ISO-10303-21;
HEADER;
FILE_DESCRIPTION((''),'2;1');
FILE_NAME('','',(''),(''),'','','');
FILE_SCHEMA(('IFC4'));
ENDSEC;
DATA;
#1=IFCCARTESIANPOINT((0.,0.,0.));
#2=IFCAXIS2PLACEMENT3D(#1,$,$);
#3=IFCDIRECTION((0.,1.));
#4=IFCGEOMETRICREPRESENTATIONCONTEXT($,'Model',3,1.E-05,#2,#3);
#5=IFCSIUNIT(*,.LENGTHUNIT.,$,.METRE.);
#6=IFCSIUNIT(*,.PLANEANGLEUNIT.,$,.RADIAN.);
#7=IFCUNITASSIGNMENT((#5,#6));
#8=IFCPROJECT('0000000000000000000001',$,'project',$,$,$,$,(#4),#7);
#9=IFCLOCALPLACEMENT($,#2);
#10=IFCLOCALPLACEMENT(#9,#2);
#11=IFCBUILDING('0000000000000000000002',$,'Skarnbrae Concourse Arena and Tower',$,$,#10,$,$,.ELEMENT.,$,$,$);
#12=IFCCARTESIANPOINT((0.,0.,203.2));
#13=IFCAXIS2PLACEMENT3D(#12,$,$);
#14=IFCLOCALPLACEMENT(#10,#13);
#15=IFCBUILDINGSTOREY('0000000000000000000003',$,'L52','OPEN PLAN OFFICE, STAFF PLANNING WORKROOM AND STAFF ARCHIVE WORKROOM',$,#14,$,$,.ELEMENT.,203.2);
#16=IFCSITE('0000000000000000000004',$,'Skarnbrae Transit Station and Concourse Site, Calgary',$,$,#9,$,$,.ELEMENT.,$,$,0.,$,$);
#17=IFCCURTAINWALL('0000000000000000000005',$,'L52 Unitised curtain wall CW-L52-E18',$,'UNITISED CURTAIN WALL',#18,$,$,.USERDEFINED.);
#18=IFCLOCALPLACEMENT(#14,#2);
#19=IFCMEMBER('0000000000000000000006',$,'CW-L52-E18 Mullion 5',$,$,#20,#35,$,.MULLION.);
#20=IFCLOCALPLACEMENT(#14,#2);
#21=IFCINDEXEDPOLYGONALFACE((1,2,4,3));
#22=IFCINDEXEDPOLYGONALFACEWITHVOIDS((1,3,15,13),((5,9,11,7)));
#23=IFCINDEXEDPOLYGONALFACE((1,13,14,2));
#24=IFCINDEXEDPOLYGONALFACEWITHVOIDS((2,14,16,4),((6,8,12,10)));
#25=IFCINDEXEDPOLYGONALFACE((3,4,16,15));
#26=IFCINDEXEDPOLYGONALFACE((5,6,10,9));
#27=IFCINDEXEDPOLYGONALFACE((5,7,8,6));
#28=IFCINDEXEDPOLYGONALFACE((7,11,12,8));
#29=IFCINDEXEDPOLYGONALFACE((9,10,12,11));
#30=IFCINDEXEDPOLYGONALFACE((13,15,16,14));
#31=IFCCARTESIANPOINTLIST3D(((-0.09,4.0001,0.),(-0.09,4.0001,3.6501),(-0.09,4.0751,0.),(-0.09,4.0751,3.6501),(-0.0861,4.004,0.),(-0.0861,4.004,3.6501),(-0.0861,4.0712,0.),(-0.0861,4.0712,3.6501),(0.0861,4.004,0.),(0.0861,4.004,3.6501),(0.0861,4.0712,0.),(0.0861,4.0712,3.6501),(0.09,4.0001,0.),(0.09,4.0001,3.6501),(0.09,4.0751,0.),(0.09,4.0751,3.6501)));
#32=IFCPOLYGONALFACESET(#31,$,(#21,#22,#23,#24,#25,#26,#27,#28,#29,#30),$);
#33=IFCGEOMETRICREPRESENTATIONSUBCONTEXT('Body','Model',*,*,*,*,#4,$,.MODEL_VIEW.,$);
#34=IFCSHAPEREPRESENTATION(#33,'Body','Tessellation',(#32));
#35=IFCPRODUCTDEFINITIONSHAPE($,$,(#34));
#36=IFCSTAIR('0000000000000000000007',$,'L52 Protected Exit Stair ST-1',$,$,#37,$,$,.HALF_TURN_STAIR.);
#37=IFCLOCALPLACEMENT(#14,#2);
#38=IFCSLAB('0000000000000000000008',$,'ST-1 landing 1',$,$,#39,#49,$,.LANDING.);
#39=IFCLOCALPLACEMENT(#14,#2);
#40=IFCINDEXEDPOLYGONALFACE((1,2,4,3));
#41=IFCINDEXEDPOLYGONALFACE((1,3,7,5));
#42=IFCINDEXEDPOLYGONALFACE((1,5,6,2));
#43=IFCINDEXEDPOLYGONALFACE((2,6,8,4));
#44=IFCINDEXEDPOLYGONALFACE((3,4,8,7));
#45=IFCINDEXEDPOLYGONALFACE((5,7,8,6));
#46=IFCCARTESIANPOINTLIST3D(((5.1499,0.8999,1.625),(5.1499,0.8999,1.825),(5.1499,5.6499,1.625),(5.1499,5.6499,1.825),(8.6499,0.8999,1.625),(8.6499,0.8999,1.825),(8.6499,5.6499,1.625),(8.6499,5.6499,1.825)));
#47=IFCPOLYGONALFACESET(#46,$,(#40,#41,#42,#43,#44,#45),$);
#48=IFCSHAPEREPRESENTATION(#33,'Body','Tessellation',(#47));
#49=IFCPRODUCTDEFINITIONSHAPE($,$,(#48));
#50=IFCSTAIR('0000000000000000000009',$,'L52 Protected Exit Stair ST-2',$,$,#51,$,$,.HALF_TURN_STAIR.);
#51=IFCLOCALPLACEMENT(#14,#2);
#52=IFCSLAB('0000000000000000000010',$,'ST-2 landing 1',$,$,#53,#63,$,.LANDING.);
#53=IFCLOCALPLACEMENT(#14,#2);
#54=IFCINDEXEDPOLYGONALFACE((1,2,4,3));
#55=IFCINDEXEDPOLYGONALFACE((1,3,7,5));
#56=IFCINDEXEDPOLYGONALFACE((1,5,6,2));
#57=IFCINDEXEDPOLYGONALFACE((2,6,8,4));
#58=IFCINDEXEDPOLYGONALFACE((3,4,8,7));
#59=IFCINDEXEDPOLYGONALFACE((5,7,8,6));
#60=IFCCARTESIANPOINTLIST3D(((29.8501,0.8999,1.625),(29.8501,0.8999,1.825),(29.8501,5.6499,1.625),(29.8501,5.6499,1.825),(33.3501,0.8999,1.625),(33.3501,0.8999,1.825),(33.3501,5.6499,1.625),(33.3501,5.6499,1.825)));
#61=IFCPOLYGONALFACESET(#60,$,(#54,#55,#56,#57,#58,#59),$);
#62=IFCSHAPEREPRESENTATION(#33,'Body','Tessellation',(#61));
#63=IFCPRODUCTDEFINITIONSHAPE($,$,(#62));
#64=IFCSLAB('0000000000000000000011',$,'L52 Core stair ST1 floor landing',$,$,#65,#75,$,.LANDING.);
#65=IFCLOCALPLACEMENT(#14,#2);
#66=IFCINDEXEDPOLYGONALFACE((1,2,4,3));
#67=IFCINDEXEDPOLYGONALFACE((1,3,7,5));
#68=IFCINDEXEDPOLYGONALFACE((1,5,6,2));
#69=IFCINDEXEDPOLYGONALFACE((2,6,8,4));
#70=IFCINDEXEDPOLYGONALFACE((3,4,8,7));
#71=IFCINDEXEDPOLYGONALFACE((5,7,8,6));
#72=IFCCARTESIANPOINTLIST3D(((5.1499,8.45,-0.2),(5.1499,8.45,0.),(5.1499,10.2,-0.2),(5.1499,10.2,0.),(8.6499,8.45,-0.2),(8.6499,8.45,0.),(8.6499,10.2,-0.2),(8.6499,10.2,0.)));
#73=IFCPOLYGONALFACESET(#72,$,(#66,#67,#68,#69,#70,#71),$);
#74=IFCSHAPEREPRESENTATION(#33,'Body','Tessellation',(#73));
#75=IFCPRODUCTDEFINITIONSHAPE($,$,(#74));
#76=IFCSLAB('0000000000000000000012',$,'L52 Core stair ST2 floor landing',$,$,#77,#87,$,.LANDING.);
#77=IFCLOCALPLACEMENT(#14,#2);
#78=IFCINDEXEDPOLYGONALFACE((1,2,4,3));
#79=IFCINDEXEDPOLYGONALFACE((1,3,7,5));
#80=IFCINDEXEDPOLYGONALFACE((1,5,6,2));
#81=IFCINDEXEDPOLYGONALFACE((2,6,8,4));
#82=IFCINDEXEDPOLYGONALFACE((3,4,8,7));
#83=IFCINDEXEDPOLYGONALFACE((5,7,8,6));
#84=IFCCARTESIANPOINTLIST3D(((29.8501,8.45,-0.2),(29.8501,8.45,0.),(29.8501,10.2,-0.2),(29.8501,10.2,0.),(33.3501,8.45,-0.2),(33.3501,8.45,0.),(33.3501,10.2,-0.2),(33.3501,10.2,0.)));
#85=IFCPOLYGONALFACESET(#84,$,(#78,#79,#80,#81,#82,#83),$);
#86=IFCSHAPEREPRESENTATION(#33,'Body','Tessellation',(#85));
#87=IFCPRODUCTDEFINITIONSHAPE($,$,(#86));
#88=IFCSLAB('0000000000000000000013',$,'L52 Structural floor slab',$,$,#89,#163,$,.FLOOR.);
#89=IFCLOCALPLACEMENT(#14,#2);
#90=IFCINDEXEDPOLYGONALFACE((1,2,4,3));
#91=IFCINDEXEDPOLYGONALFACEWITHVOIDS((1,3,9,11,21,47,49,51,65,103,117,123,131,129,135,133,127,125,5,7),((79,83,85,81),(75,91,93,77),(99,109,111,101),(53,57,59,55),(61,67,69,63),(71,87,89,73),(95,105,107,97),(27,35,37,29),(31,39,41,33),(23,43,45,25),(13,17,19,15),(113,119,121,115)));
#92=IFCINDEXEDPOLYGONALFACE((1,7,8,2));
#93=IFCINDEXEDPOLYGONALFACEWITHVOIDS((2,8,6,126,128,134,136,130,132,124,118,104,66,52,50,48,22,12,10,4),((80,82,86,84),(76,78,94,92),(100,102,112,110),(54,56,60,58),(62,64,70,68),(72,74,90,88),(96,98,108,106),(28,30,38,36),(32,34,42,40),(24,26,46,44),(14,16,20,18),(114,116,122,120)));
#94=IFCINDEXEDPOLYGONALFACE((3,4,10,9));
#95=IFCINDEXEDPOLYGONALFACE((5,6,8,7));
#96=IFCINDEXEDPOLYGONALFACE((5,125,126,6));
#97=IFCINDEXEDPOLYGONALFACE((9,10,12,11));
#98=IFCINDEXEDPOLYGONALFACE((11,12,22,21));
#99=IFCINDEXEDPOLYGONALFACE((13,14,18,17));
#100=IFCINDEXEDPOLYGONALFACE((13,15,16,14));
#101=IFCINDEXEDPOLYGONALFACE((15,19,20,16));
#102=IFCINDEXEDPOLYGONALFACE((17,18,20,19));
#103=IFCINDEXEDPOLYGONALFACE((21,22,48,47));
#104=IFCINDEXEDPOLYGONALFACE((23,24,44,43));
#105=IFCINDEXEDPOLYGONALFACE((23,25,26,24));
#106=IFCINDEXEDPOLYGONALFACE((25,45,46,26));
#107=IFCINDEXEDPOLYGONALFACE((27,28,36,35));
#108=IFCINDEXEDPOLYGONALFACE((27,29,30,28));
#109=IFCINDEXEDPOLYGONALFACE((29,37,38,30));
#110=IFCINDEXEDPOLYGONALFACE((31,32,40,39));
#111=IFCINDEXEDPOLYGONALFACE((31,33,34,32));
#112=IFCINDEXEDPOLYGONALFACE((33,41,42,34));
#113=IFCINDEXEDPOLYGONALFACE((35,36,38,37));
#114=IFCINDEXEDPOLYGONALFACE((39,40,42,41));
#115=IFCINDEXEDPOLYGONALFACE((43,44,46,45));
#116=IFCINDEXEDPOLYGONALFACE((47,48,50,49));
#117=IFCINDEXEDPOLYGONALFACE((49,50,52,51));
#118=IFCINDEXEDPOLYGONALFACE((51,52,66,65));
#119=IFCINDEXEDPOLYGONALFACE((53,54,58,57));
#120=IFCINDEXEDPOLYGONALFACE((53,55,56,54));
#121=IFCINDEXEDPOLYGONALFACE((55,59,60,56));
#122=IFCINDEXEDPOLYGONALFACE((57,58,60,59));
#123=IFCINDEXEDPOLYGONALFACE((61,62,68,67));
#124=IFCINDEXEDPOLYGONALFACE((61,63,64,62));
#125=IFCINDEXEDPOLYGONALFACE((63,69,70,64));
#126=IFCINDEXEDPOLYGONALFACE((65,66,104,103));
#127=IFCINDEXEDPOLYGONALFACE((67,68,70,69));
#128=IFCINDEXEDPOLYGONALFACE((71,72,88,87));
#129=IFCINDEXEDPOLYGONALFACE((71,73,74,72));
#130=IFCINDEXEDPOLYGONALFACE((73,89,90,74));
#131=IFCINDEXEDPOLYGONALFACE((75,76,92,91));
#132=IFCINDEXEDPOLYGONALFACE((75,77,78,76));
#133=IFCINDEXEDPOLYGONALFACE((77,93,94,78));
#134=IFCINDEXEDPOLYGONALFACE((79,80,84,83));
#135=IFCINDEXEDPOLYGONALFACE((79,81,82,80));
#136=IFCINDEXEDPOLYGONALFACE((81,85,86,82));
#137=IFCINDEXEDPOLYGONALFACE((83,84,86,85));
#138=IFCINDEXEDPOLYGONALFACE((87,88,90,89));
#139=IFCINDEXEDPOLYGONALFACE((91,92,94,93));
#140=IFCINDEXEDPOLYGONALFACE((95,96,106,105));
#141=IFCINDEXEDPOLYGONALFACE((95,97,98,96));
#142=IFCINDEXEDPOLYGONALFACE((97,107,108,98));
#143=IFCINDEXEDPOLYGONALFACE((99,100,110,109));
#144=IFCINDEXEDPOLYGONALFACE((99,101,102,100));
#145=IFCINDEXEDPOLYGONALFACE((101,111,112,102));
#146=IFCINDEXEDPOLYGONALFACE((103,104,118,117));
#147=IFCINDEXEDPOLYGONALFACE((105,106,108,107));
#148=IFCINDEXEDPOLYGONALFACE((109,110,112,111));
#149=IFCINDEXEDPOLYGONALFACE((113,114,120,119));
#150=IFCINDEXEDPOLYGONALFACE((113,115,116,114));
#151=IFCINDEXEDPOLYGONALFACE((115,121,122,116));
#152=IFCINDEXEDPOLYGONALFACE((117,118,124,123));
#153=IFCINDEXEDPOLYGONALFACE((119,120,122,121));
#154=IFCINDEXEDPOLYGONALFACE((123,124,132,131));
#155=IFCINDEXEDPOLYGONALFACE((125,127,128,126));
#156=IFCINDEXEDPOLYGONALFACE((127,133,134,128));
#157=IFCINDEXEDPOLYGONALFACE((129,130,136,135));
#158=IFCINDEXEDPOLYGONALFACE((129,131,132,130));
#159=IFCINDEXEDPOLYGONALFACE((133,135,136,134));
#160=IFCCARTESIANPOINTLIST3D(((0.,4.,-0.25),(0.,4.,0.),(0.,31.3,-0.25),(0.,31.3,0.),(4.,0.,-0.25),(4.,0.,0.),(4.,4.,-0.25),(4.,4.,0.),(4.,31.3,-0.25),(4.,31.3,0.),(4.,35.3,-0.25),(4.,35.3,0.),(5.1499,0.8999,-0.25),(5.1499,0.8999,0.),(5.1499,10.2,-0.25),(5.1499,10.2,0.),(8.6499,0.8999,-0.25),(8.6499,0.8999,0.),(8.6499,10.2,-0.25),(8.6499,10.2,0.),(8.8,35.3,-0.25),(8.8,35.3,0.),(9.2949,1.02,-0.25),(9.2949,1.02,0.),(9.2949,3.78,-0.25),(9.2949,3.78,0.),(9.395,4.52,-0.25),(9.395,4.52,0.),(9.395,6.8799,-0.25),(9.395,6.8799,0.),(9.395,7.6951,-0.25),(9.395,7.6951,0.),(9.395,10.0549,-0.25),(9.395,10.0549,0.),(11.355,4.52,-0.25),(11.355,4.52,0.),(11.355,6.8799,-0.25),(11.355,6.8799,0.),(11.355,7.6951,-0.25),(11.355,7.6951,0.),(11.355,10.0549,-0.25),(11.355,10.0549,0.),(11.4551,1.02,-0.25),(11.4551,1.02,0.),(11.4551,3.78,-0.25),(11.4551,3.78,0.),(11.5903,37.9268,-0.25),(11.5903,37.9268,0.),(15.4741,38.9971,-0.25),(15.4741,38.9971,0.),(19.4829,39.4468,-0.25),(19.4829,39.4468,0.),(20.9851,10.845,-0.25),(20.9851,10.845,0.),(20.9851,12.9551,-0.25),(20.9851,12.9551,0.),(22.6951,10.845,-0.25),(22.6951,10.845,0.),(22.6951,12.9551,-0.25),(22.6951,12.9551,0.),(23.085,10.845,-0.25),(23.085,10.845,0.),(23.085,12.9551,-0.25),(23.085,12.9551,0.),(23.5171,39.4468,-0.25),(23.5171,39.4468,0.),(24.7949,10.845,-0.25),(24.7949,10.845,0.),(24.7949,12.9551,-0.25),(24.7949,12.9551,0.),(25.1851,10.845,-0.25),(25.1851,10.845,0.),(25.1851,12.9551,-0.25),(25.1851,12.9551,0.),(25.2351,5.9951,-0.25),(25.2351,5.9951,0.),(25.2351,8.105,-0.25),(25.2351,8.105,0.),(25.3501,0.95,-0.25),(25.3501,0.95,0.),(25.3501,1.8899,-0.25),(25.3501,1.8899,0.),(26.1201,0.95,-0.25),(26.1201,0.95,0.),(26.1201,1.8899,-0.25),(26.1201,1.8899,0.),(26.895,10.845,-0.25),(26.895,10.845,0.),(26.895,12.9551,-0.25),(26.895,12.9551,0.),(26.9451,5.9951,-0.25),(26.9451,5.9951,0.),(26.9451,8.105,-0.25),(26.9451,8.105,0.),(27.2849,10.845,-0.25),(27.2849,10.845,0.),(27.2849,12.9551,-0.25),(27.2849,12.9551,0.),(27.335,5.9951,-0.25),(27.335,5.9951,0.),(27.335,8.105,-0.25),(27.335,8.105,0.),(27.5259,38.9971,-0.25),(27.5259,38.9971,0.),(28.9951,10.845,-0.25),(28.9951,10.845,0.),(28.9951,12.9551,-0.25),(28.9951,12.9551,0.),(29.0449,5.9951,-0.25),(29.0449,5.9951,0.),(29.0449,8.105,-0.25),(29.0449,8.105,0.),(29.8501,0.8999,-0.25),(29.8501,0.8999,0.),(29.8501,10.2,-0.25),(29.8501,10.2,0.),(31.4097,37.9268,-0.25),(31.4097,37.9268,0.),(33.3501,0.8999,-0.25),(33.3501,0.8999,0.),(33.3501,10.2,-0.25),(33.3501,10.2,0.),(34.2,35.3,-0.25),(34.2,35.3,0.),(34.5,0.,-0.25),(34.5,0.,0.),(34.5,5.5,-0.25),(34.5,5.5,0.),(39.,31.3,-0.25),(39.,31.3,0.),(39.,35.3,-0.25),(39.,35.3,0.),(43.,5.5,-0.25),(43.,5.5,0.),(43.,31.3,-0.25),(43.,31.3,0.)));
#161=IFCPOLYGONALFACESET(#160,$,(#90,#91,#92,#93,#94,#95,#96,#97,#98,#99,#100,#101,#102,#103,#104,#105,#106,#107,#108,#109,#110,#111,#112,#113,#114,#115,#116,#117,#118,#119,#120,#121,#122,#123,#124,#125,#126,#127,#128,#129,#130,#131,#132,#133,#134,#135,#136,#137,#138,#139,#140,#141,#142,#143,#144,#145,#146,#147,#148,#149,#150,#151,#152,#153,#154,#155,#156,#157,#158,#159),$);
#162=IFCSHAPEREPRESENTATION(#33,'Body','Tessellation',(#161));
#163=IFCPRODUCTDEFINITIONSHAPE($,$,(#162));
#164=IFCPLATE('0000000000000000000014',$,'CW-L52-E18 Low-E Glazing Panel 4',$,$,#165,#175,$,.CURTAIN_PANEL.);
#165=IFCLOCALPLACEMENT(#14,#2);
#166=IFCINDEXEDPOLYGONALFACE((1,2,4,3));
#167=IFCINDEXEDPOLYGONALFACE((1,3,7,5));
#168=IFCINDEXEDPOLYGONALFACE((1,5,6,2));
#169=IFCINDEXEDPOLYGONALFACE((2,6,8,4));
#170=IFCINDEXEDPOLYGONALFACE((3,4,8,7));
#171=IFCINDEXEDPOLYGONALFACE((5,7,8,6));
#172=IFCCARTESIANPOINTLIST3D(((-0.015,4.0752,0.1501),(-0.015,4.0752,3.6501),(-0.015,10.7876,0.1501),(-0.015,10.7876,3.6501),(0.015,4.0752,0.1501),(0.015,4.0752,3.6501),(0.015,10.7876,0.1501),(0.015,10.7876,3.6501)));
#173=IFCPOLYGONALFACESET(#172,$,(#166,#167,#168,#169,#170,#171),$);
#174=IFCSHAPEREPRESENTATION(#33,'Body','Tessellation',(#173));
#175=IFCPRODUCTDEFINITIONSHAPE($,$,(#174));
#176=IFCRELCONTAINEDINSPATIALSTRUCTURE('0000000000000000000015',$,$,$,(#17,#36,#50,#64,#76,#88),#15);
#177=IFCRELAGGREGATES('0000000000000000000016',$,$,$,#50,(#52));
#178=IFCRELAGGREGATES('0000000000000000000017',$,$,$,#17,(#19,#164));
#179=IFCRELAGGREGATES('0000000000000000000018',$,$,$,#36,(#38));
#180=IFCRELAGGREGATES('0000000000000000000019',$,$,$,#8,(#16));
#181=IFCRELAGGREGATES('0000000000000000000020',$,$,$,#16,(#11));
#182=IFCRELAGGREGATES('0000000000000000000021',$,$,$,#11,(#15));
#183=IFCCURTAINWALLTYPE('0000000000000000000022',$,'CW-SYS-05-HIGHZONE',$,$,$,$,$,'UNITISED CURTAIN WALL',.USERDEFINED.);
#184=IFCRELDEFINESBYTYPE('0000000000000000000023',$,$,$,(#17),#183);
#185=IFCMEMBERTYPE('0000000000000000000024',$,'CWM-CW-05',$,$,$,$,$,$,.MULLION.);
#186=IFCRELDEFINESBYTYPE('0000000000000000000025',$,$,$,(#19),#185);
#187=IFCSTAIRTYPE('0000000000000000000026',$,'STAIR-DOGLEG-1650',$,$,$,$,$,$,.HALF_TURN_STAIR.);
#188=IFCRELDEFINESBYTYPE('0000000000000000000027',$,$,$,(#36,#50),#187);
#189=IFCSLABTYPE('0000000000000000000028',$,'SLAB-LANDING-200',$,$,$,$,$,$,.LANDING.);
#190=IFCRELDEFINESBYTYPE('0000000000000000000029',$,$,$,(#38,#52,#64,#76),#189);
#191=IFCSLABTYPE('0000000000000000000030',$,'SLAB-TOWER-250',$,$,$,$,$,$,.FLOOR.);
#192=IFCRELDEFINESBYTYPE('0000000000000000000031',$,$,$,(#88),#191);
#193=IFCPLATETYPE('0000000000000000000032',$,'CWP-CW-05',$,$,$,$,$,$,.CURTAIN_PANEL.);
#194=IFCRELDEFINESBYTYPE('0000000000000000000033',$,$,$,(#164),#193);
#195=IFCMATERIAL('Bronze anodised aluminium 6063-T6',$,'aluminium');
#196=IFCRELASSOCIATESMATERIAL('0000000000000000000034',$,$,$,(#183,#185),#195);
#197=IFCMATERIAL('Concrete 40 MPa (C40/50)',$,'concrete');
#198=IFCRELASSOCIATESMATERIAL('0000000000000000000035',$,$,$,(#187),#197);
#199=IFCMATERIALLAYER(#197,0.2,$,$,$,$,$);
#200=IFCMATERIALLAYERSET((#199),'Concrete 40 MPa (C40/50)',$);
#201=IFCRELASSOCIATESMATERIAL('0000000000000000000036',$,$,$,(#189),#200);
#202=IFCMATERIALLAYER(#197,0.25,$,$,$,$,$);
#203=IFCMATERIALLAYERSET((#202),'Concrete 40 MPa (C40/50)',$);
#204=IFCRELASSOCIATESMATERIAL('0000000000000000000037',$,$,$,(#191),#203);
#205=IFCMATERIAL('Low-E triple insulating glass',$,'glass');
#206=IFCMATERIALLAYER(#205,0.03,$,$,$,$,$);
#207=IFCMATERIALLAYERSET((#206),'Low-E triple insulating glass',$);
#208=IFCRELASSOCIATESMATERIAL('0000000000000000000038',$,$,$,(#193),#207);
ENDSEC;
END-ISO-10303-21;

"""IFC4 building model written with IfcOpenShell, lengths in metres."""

from ifc_helpers import new_model, si_unit, direction, frame, origin, origin_2d, place, context, subcontext, project, spatial, polyline, rectangle, hollow_rectangle, outline, extrude, source, transform, mapped, material, layer, layer_set, material_profile, profile_set, type_object, element, aggregate, save


model = new_model("IFC4")

# Units and contexts
model_context = context("Model", 3, precision=1e-05, world=origin(), true_north=direction((0.0, 1.0)))
body_context = subcontext(model_context, "Body", "Model", "MODEL_VIEW")
ifc_project = project(units=[si_unit("LENGTHUNIT", "METRE"), si_unit("PLANEANGLEUNIT", "RADIAN")], contexts=[model_context])

# Site, building, storey
site_placement = place(None, origin())
site = spatial("IfcSite", under=ifc_project, at=site_placement, Name="Skarnbrae Transit Station and Concourse Site, Calgary", CompositionType="ELEMENT", RefElevation=0.0)
building_placement = place(site_placement, origin())
building = spatial("IfcBuilding", under=site, at=building_placement, Name="Skarnbrae Concourse Arena and Tower", CompositionType="ELEMENT")
storey_placement = place(building_placement, frame((0.0, 0.0, 203.2)))
storey = spatial("IfcBuildingStorey", under=building, at=storey_placement, Name="L52", Description="OPEN PLAN OFFICE, STAFF PLANNING WORKROOM AND STAFF ARCHIVE WORKROOM", CompositionType="ELEMENT", Elevation=203.2)

# Curtain wall, member
ifc_material_1 = material(Name="Bronze anodised aluminium 6063-T6", Category="aluminium")
curtain_wall_type = type_object("IfcCurtainWallType", Name="CW-SYS-05-HIGHZONE", ElementType="UNITISED CURTAIN WALL", PredefinedType="USERDEFINED", material=ifc_material_1)
curtain_wall_placement = place(storey_placement, origin())
curtain_wall = element("IfcCurtainWall", 1, at=curtain_wall_placement, inside=storey, type_object=curtain_wall_type, Name="L52 Unitised curtain wall CW-L52-E18", ObjectType="UNITISED CURTAIN WALL", PredefinedType="USERDEFINED")
ifc_material_profile = material_profile(ifc_material_1, hollow_rectangle(XDim=0.075, YDim=0.1799, WallThickness=0.0039, at=origin_2d()), Name="ALU-MULL-75X180")
ifc_profile_set = profile_set([ifc_material_profile], Name="Bronze anodised aluminium 6063-T6")
member_type = type_object("IfcMemberType", Name="CWM-CW-05", PredefinedType="MULLION", material=ifc_profile_set)
shared_shape_1 = source(origin(), body_context, "Body", "SweptSolid", [
    extrude(hollow_rectangle(XDim=0.075, YDim=0.1799, WallThickness=0.0039, at=origin_2d()), origin(), (0.0, 0.0, 1.0), 3.6501),
])
member_placement = place(storey_placement, frame((0.0, 4.0376, 0.0), z_axis=(0.0, 0.0, 1.0), x_axis=(0.0, -1.0, 0.0)))
member = element("IfcMember", 2, at=member_placement, type_object=member_type, Name="CW-L52-E18 Mullion 5", PredefinedType="MULLION", context=body_context, shape_type="MappedRepresentation", body=[
    mapped(shared_shape_1, transform((0.0, 0.0, 0.0))),
])

# Stairs, slabs
ifc_material_2 = material(Name="Concrete 40 MPa (C40/50)", Category="concrete")
stair_type = type_object("IfcStairType", Name="STAIR-DOGLEG-1650", PredefinedType="HALF_TURN_STAIR", material=ifc_material_2)
stair_1_placement = place(storey_placement, origin())
stair_1 = element("IfcStair", 3, at=stair_1_placement, inside=storey, type_object=stair_type, Name="L52 Protected Exit Stair ST-1", PredefinedType="HALF_TURN_STAIR")
ifc_layer_1 = layer(ifc_material_2, 0.2)
ifc_layer_set_1 = layer_set([ifc_layer_1], Name="Concrete 40 MPa (C40/50)")
slab_type_1 = type_object("IfcSlabType", Name="SLAB-LANDING-200", PredefinedType="LANDING", material=ifc_layer_set_1)
slab_1_placement = place(storey_placement, frame((0.0, 0.0, 1.625)))
slab_1 = element("IfcSlab", 4, at=slab_1_placement, type_object=slab_type_1, Name="ST-1 landing 1", PredefinedType="LANDING", context=body_context, shape_type="SweptSolid", body=[
    extrude(outline(polyline([(5.1499, 5.6499), (5.1499, 0.8999), (8.6499, 0.8999), (8.6499, 5.6499), (5.1499, 5.6499)])), origin(), (0.0, 0.0, 1.0), 0.2),
])
stair_2_placement = place(storey_placement, origin())
stair_2 = element("IfcStair", 5, at=stair_2_placement, inside=storey, type_object=stair_type, Name="L52 Protected Exit Stair ST-2", PredefinedType="HALF_TURN_STAIR")
slab_2_placement = place(storey_placement, frame((0.0, 0.0, 1.625)))
slab_2 = element("IfcSlab", 6, at=slab_2_placement, type_object=slab_type_1, Name="ST-2 landing 1", PredefinedType="LANDING", context=body_context, shape_type="SweptSolid", body=[
    extrude(outline(polyline([(29.8501, 5.6499), (29.8501, 0.8999), (33.3501, 0.8999), (33.3501, 5.6499), (29.8501, 5.6499)])), origin(), (0.0, 0.0, 1.0), 0.2),
])
aggregate(stair_2, [slab_2])

# Slabs
slab_3_placement = place(storey_placement, frame((0.0, 0.0, -0.2)))
element("IfcSlab", 7, at=slab_3_placement, inside=storey, type_object=slab_type_1, Name="L52 Core stair ST1 floor landing", PredefinedType="LANDING", context=body_context, shape_type="SweptSolid", body=[
    extrude(outline(polyline([(5.1499, 10.2), (5.1499, 8.45), (8.6499, 8.45), (8.6499, 10.2), (5.1499, 10.2)])), origin(), (0.0, 0.0, 1.0), 0.2),
])
slab_4_placement = place(storey_placement, frame((0.0, 0.0, -0.2)))
element("IfcSlab", 8, at=slab_4_placement, inside=storey, type_object=slab_type_1, Name="L52 Core stair ST2 floor landing", PredefinedType="LANDING", context=body_context, shape_type="SweptSolid", body=[
    extrude(outline(polyline([(29.8501, 10.2), (29.8501, 8.45), (33.3501, 8.45), (33.3501, 10.2), (29.8501, 10.2)])), origin(), (0.0, 0.0, 1.0), 0.2),
])
ifc_layer_2 = layer(ifc_material_2, 0.25)
ifc_layer_set_2 = layer_set([ifc_layer_2], Name="Concrete 40 MPa (C40/50)")
slab_type_2 = type_object("IfcSlabType", Name="SLAB-TOWER-250", PredefinedType="FLOOR", material=ifc_layer_set_2)
slab_5_placement = place(storey_placement, frame((0.0, 0.0, -0.25)))
element("IfcSlab", 9, at=slab_5_placement, inside=storey, type_object=slab_type_2, Name="L52 Structural floor slab", PredefinedType="FLOOR", context=body_context, shape_type="SweptSolid", body=[
    extrude(outline(polyline([(4.0, 0.0), (34.5, 0.0), (34.5, 5.5), (43.0, 5.5), (43.0, 31.3), (39.0, 31.3), (39.0, 35.3), (34.2, 35.3), (31.4097, 37.9268), (27.5259, 38.9971), (23.5171, 39.4468), (19.4829, 39.4468), (15.4741, 38.9971), (11.5903, 37.9268), (8.8, 35.3), (4.0, 35.3), (4.0, 31.3), (0.0, 31.3), (0.0, 4.0), (4.0, 4.0), (4.0, 0.0)]), holes=[polyline([(9.2949, 1.02), (9.2949, 3.78), (11.4551, 3.78), (11.4551, 1.02), (9.2949, 1.02)]), polyline([(8.6499, 10.2), (8.6499, 0.8999), (5.1499, 0.8999), (5.1499, 10.2), (8.6499, 10.2)]), polyline([(9.395, 6.8799), (11.355, 6.8799), (11.355, 4.52), (9.395, 4.52), (9.395, 6.8799)]), polyline([(9.395, 7.6951), (9.395, 10.0549), (11.355, 10.0549), (11.355, 7.6951), (9.395, 7.6951)]), polyline([(20.9851, 12.9551), (22.6951, 12.9551), (22.6951, 10.845), (20.9851, 10.845), (20.9851, 12.9551)]), polyline([(23.085, 12.9551), (24.7949, 12.9551), (24.7949, 10.845), (23.085, 10.845), (23.085, 12.9551)]), polyline([(25.3501, 0.95), (25.3501, 1.8899), (26.1201, 1.8899), (26.1201, 0.95), (25.3501, 0.95)]), polyline([(33.3501, 10.2), (33.3501, 0.8999), (29.8501, 0.8999), (29.8501, 10.2), (33.3501, 10.2)]), polyline([(25.2351, 8.105), (26.9451, 8.105), (26.9451, 5.9951), (25.2351, 5.9951), (25.2351, 8.105)]), polyline([(27.335, 5.9951), (27.335, 8.105), (29.0449, 8.105), (29.0449, 5.9951), (27.335, 5.9951)]), polyline([(25.1851, 12.9551), (26.895, 12.9551), (26.895, 10.845), (25.1851, 10.845), (25.1851, 12.9551)]), polyline([(27.2849, 12.9551), (28.9951, 12.9551), (28.9951, 10.845), (27.2849, 10.845), (27.2849, 12.9551)])]), origin(), (0.0, 0.0, 1.0), 0.25),
])

# Plate
ifc_material_3 = material(Name="Low-E triple insulating glass", Category="glass")
ifc_layer_3 = layer(ifc_material_3, 0.03)
ifc_layer_set_3 = layer_set([ifc_layer_3], Name="Low-E triple insulating glass")
plate_type = type_object("IfcPlateType", Name="CWP-CW-05", PredefinedType="CURTAIN_PANEL", material=ifc_layer_set_3)
shared_shape_2 = source(origin(), body_context, "Body", "SweptSolid", [
    extrude(rectangle(XDim=6.7124, YDim=0.03, at=origin_2d()), origin(), (0.0, 0.0, 1.0), 3.5),
])
plate_placement = place(storey_placement, frame((0.0, 7.4314, 0.1501), z_axis=(0.0, 0.0, 1.0), x_axis=(0.0, -1.0, 0.0)))
plate = element("IfcPlate", 10, at=plate_placement, type_object=plate_type, Name="CW-L52-E18 Low-E Glazing Panel 4", PredefinedType="CURTAIN_PANEL", context=body_context, shape_type="MappedRepresentation", body=[
    mapped(shared_shape_2, transform((0.0, 0.0, 0.0))),
])
aggregate(curtain_wall, [member, plate])

aggregate(stair_1, [slab_1])

save(model, "model.ifc")
